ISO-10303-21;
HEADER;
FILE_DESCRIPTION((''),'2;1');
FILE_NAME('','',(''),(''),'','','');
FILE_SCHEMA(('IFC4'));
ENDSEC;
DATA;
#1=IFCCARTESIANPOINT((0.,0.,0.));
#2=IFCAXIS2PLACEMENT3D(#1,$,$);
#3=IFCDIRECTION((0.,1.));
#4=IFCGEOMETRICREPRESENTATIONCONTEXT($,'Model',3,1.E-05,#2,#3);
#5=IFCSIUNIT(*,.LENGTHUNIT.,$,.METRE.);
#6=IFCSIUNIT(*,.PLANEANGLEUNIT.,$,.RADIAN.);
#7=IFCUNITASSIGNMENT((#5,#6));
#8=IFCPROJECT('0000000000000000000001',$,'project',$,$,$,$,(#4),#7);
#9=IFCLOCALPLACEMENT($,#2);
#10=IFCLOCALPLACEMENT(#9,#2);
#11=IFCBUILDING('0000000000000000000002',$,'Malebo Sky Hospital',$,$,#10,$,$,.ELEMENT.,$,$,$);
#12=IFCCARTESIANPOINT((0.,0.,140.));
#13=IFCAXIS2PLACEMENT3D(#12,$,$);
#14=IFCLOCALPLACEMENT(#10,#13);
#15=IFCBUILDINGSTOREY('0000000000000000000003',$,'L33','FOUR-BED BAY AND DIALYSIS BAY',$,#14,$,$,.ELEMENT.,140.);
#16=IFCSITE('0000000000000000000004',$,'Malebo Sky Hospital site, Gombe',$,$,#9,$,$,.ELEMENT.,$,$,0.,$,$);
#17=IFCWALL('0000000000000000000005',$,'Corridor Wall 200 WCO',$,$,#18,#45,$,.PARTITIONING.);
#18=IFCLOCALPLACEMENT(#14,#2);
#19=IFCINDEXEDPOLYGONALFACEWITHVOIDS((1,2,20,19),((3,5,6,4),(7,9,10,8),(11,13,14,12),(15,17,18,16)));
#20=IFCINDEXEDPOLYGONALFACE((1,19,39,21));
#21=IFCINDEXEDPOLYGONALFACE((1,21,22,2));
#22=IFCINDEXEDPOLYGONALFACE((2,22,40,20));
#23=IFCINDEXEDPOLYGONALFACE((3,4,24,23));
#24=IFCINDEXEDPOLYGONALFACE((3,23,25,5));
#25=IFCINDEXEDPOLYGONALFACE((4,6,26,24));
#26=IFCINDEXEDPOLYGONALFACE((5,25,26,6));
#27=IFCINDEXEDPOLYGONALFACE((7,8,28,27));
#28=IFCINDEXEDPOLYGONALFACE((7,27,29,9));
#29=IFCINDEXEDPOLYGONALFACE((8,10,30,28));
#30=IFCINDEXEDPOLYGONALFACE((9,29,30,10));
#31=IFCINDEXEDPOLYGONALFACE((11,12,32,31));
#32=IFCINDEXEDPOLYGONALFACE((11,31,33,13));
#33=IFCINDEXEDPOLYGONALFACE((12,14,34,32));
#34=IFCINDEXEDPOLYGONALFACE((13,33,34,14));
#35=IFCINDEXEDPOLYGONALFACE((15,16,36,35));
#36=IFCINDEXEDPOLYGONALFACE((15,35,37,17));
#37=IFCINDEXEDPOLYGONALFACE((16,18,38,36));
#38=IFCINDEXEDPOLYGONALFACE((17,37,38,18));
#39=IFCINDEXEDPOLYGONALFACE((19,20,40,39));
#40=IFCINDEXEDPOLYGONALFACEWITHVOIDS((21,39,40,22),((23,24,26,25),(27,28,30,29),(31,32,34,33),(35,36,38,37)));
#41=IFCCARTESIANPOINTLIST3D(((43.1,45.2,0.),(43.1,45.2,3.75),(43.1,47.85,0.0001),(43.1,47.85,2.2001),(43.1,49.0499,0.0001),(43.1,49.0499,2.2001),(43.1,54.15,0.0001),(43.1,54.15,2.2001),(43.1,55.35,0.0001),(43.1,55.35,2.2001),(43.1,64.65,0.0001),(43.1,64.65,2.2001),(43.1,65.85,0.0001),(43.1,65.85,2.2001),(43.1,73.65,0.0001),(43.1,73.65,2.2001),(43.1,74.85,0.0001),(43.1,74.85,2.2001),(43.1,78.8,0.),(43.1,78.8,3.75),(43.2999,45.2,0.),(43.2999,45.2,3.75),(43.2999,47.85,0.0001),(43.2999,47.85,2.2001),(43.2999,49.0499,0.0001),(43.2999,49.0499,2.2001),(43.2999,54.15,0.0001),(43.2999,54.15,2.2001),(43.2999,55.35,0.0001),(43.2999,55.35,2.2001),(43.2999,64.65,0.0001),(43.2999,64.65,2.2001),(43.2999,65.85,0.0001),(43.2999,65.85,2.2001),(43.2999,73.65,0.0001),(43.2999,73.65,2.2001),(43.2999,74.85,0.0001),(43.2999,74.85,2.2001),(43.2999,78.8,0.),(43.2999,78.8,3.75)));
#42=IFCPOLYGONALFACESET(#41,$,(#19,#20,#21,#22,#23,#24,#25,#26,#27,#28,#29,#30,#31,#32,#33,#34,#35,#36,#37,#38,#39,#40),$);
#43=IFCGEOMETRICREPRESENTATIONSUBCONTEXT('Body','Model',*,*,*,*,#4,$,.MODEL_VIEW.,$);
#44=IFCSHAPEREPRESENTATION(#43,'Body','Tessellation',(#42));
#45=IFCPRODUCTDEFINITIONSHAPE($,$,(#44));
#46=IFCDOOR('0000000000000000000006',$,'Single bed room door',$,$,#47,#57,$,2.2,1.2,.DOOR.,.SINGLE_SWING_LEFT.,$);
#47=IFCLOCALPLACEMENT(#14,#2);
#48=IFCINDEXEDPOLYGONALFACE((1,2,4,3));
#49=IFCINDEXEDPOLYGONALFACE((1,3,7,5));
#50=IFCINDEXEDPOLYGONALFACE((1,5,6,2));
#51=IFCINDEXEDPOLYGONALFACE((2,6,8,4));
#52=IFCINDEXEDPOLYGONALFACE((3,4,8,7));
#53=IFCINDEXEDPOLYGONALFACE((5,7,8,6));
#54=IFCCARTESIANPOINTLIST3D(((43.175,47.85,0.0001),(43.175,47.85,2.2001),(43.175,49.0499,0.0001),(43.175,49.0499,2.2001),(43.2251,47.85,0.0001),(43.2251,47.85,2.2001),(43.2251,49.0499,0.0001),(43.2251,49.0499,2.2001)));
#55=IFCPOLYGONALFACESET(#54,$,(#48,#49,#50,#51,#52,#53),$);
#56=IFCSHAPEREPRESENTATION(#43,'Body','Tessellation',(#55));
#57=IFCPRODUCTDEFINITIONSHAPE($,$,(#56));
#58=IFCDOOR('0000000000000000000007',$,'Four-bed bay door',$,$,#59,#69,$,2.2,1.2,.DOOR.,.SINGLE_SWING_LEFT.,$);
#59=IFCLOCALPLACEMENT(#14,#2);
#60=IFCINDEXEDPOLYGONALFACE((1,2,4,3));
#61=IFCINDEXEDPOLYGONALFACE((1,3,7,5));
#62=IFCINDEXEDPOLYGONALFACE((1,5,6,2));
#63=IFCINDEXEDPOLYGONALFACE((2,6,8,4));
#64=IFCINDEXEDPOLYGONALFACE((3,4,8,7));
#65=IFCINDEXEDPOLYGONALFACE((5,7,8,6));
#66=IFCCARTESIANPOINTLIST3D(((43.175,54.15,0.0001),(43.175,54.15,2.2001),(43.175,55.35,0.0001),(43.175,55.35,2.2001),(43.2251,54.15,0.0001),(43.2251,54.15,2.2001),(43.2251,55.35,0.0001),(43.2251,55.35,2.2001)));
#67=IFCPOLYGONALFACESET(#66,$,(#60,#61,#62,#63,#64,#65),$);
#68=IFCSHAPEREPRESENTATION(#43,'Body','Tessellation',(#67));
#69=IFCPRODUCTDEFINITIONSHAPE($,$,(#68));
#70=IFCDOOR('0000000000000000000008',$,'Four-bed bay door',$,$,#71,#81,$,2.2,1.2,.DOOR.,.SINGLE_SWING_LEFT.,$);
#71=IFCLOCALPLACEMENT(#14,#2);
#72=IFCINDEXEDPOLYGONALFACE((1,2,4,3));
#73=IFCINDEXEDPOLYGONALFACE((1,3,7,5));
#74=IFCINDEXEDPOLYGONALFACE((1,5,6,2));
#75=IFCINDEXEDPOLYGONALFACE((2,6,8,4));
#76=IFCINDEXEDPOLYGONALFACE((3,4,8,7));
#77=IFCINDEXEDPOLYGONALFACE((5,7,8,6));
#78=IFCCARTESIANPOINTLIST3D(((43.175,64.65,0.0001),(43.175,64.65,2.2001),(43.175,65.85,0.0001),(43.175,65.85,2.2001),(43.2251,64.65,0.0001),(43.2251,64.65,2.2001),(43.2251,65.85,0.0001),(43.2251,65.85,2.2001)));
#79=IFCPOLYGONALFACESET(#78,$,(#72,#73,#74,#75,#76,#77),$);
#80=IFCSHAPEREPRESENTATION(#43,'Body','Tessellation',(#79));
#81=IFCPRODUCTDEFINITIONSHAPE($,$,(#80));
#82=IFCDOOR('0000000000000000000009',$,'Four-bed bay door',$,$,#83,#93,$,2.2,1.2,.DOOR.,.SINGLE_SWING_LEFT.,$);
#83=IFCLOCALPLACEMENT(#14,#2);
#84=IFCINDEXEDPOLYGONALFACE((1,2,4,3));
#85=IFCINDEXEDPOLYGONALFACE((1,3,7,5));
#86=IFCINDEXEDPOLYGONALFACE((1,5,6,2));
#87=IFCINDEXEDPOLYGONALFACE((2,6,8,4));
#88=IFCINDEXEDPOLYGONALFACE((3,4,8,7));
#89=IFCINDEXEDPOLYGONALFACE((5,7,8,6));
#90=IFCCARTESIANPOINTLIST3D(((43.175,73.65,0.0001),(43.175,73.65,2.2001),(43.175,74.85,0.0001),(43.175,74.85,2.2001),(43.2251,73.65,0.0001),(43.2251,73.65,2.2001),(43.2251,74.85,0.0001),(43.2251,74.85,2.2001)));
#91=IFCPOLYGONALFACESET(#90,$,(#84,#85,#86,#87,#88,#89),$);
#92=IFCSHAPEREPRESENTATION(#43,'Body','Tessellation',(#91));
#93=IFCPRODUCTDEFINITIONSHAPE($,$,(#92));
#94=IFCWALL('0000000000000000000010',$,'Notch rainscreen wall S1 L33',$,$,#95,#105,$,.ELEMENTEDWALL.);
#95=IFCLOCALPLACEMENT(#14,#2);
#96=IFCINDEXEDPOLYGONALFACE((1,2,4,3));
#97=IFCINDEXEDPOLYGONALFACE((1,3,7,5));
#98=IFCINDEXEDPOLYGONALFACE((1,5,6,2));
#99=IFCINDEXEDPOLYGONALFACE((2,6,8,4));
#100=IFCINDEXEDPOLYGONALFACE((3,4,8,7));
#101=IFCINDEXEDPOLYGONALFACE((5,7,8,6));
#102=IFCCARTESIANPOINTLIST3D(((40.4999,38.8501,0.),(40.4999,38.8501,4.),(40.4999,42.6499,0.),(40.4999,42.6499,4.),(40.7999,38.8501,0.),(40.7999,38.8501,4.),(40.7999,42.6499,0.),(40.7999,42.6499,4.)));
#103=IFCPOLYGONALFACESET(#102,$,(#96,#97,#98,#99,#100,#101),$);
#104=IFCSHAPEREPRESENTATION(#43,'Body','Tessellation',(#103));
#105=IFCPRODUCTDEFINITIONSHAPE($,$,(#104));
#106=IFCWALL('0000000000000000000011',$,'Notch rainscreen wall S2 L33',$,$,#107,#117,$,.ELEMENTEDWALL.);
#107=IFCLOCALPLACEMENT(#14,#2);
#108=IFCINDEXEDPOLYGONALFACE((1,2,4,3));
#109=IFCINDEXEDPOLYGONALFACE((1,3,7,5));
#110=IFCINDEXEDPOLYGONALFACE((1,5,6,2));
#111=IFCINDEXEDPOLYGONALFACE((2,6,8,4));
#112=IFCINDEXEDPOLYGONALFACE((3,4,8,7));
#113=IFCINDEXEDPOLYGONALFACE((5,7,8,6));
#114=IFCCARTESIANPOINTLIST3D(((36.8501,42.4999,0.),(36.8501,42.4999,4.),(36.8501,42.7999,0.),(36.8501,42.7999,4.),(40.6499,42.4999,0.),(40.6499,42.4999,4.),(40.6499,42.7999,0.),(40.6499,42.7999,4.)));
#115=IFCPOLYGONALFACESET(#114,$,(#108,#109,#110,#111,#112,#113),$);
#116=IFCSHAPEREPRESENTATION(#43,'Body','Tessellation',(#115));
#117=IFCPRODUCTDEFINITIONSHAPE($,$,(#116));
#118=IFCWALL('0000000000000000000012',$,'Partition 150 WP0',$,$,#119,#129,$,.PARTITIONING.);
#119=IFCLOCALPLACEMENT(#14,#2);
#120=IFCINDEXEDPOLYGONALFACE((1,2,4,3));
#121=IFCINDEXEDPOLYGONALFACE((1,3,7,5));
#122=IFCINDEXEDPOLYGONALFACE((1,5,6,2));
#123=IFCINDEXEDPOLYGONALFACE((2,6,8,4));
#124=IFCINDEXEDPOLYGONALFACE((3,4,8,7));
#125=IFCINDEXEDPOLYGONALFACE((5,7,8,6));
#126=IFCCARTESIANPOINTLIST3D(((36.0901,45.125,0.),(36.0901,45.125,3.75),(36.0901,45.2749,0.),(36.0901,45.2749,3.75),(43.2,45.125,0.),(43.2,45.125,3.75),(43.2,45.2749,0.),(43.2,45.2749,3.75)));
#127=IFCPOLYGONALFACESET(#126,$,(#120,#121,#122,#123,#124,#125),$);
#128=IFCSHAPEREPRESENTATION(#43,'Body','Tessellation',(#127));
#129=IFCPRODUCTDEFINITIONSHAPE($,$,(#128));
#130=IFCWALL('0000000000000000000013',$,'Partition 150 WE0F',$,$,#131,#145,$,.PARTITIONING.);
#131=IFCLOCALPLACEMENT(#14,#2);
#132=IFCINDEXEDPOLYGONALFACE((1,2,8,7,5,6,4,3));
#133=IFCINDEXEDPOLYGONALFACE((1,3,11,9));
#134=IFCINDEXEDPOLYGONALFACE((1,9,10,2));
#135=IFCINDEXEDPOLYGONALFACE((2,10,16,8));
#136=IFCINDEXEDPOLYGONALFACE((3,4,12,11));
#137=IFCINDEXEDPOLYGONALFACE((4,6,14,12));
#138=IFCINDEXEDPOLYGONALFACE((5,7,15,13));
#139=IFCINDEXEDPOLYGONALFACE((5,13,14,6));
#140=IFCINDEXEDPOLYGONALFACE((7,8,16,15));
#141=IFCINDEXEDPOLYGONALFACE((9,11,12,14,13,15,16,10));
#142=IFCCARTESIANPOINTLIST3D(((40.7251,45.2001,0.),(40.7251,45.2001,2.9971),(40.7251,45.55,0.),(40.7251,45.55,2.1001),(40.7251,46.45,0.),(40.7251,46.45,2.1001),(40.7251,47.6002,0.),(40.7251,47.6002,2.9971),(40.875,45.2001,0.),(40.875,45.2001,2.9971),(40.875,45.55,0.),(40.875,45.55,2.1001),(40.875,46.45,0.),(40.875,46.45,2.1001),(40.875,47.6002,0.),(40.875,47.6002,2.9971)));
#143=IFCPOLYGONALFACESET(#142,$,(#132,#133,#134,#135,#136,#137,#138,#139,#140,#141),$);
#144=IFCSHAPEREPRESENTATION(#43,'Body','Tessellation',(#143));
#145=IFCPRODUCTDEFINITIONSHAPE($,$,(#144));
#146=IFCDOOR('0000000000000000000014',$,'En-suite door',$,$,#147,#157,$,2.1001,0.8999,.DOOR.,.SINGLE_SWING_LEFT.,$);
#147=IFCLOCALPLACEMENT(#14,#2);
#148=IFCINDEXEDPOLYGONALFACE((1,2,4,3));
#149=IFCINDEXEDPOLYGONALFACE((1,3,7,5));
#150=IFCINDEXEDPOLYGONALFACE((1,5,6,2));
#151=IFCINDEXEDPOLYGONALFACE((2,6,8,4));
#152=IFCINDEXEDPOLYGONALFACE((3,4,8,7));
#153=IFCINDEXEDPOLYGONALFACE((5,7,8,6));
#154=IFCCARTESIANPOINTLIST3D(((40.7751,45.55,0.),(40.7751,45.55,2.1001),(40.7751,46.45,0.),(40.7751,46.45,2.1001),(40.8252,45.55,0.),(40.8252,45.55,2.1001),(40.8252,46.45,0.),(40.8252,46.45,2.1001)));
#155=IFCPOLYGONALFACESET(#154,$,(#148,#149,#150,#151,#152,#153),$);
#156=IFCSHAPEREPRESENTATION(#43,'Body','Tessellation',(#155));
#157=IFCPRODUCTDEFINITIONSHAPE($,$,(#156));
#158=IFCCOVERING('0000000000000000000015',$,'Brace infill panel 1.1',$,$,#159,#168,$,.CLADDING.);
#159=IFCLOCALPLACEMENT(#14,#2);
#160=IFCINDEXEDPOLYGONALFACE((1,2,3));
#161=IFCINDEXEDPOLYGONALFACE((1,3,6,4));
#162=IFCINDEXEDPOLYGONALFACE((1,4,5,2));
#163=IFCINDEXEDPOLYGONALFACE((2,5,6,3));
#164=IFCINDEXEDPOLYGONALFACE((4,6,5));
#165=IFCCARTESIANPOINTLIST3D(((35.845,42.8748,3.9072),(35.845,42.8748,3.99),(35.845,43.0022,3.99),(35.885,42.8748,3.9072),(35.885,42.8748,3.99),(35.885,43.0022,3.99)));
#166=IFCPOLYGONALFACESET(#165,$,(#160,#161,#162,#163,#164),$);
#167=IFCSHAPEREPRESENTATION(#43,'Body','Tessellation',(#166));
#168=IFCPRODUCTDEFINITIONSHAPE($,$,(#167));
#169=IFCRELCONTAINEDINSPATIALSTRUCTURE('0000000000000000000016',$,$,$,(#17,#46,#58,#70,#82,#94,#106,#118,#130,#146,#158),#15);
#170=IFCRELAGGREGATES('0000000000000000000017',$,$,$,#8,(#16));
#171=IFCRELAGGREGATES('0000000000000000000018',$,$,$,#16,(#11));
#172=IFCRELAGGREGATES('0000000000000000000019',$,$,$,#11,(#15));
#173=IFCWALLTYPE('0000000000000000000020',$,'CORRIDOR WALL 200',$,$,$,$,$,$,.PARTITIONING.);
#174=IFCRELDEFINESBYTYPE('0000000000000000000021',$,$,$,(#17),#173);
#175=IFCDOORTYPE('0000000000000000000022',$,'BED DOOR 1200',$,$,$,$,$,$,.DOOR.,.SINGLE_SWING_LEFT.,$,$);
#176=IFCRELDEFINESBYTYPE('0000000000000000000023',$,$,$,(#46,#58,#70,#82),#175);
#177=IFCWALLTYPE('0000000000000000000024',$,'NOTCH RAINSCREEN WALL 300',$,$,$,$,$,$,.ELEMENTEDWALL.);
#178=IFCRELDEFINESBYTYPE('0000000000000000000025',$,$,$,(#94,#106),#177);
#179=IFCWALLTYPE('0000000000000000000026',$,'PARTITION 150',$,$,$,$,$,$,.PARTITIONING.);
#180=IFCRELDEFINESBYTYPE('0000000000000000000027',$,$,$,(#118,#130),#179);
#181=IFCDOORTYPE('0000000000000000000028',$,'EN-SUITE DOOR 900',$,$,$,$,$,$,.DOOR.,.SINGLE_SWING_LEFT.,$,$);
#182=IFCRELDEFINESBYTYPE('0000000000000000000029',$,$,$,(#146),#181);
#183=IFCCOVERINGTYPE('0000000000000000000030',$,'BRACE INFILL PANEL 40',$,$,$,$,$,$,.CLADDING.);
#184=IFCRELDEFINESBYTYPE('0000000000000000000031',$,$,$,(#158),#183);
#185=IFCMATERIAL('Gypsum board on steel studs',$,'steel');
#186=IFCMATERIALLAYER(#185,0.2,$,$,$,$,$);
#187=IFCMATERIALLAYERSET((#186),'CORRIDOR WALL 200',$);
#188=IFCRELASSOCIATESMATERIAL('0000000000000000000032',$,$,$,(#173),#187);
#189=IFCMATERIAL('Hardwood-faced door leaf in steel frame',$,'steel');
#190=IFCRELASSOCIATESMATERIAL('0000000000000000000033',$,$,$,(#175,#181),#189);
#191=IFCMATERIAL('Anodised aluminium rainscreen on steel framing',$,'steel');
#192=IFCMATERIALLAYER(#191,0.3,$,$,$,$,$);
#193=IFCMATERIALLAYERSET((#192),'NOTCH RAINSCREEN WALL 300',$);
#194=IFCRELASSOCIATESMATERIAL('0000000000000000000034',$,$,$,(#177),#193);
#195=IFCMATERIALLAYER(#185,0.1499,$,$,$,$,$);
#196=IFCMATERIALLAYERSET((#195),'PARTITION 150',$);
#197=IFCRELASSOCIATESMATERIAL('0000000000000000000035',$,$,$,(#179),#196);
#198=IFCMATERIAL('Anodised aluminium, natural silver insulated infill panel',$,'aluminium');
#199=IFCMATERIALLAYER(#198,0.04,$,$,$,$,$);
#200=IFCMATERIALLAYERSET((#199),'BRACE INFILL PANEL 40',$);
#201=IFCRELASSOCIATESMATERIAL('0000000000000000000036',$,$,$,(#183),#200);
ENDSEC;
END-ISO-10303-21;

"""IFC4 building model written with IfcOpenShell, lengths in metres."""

from ifc_helpers import new_model, si_unit, direction, frame, frame_2d, origin, place, context, subcontext, project, spatial, polyline, rectangle, outline, extrude, material, layer, layer_set, type_object, element, fill, save


model = new_model("IFC4")

# Units and contexts
model_context = context("Model", 3, precision=1e-05, world=origin(), true_north=direction((0.0, 1.0)))
body_context = subcontext(model_context, "Body", "Model", "MODEL_VIEW")
ifc_project = project(units=[si_unit("LENGTHUNIT", "METRE"), si_unit("PLANEANGLEUNIT", "RADIAN")], contexts=[model_context])

# Site, building, storey
site_placement = place(None, origin())
site = spatial("IfcSite", under=ifc_project, at=site_placement, Name="Malebo Sky Hospital site, Gombe", CompositionType="ELEMENT", RefElevation=0.0)
building_placement = place(site_placement, origin())
building = spatial("IfcBuilding", under=site, at=building_placement, Name="Malebo Sky Hospital", CompositionType="ELEMENT")
storey_placement = place(building_placement, frame((0.0, 0.0, 140.0)))
storey = spatial("IfcBuildingStorey", under=building, at=storey_placement, Name="L33", Description="FOUR-BED BAY AND DIALYSIS BAY", CompositionType="ELEMENT", Elevation=140.0)

# Wall, openings, doors
ifc_material_1 = material(Name="Gypsum board on steel studs", Category="steel")
ifc_layer_1 = layer(ifc_material_1, 0.2)
ifc_layer_set_1 = layer_set([ifc_layer_1], Name="CORRIDOR WALL 200")
wall_type_1 = type_object("IfcWallType", Name="CORRIDOR WALL 200", PredefinedType="PARTITIONING", material=ifc_layer_set_1)
wall_1_placement = place(storey_placement, frame((43.2, 45.2, 0.0), z_axis=(0.0, 0.0, 1.0), x_axis=(0.0, 1.0, 0.0)))
wall_1 = element("IfcWall", 1, at=wall_1_placement, inside=storey, type_object=wall_type_1, Name="Corridor Wall 200 WCO", PredefinedType="PARTITIONING", context=body_context, shape_type="SweptSolid", body=[
    extrude(rectangle(XDim=33.6001, YDim=0.2, at=frame_2d((16.8, 0.0))), origin(), (0.0, 0.0, 1.0), 3.75),
])
opening_1_placement = place(wall_1_placement, frame((2.6499, 0.0, 0.0)))
opening_1 = element("IfcOpeningElement", 2, at=opening_1_placement, cuts=wall_1, PredefinedType="OPENING", context=body_context, shape_type="SweptSolid", body=[
    extrude(rectangle(XDim=1.2, YDim=2.2, at=frame_2d((0.6001, 1.1001))), frame((0.0, 0.1099, 0.0), z_axis=(0.0, -1.0, 0.0), x_axis=(1.0, 0.0, 0.0)), (0.0, 0.0, 1.0), 0.22),
])
opening_2_placement = place(wall_1_placement, frame((8.95, 0.0, 0.0)))
opening_2 = element("IfcOpeningElement", 3, at=opening_2_placement, cuts=wall_1, PredefinedType="OPENING", context=body_context, shape_type="SweptSolid", body=[
    extrude(rectangle(XDim=1.2, YDim=2.2, at=frame_2d((0.6001, 1.1001))), frame((0.0, 0.1099, 0.0), z_axis=(0.0, -1.0, 0.0), x_axis=(1.0, 0.0, 0.0)), (0.0, 0.0, 1.0), 0.22),
])
opening_3_placement = place(wall_1_placement, frame((19.45, 0.0, 0.0)))
opening_3 = element("IfcOpeningElement", 4, at=opening_3_placement, cuts=wall_1, PredefinedType="OPENING", context=body_context, shape_type="SweptSolid", body=[
    extrude(rectangle(XDim=1.2, YDim=2.2, at=frame_2d((0.6001, 1.1001))), frame((0.0, 0.1099, 0.0), z_axis=(0.0, -1.0, 0.0), x_axis=(1.0, 0.0, 0.0)), (0.0, 0.0, 1.0), 0.22),
])
opening_4_placement = place(wall_1_placement, frame((28.45, 0.0, 0.0)))
opening_4 = element("IfcOpeningElement", 5, at=opening_4_placement, cuts=wall_1, PredefinedType="OPENING", context=body_context, shape_type="SweptSolid", body=[
    extrude(rectangle(XDim=1.2, YDim=2.2, at=frame_2d((0.6001, 1.1001))), frame((0.0, 0.1099, 0.0), z_axis=(0.0, -1.0, 0.0), x_axis=(1.0, 0.0, 0.0)), (0.0, 0.0, 1.0), 0.22),
])
ifc_material_2 = material(Name="Hardwood-faced door leaf in steel frame", Category="steel")
door_type_1 = type_object("IfcDoorType", Name="BED DOOR 1200", OperationType="SINGLE_SWING_LEFT", PredefinedType="DOOR", material=ifc_material_2)
door_1_placement = place(opening_1_placement, origin())
door_1 = element("IfcDoor", 6, at=door_1_placement, inside=storey, type_object=door_type_1, Name="Single bed room door", OperationType="SINGLE_SWING_LEFT", OverallHeight=2.2, OverallWidth=1.2, PredefinedType="DOOR", context=body_context, shape_type="SweptSolid", body=[
    extrude(rectangle(XDim=1.2, YDim=2.2, at=frame_2d((0.6001, 1.1001))), frame((0.0, 0.0249, 0.0), z_axis=(0.0, -1.0, 0.0), x_axis=(1.0, 0.0, 0.0)), (0.0, 0.0, 1.0), 0.05),
])
fill(opening_1, door_1)
door_2_placement = place(opening_2_placement, origin())
door_2 = element("IfcDoor", 7, at=door_2_placement, inside=storey, type_object=door_type_1, Name="Four-bed bay door", OperationType="SINGLE_SWING_LEFT", OverallHeight=2.2, OverallWidth=1.2, PredefinedType="DOOR", context=body_context, shape_type="SweptSolid", body=[
    extrude(rectangle(XDim=1.2, YDim=2.2, at=frame_2d((0.6001, 1.1001))), frame((0.0, 0.0249, 0.0), z_axis=(0.0, -1.0, 0.0), x_axis=(1.0, 0.0, 0.0)), (0.0, 0.0, 1.0), 0.05),
])
fill(opening_2, door_2)
door_3_placement = place(opening_3_placement, origin())
door_3 = element("IfcDoor", 8, at=door_3_placement, inside=storey, type_object=door_type_1, Name="Four-bed bay door", OperationType="SINGLE_SWING_LEFT", OverallHeight=2.2, OverallWidth=1.2, PredefinedType="DOOR", context=body_context, shape_type="SweptSolid", body=[
    extrude(rectangle(XDim=1.2, YDim=2.2, at=frame_2d((0.6001, 1.1001))), frame((0.0, 0.0249, 0.0), z_axis=(0.0, -1.0, 0.0), x_axis=(1.0, 0.0, 0.0)), (0.0, 0.0, 1.0), 0.05),
])
fill(opening_3, door_3)
door_4_placement = place(opening_4_placement, origin())
door_4 = element("IfcDoor", 9, at=door_4_placement, inside=storey, type_object=door_type_1, Name="Four-bed bay door", OperationType="SINGLE_SWING_LEFT", OverallHeight=2.2, OverallWidth=1.2, PredefinedType="DOOR", context=body_context, shape_type="SweptSolid", body=[
    extrude(rectangle(XDim=1.2, YDim=2.2, at=frame_2d((0.6001, 1.1001))), frame((0.0, 0.0249, 0.0), z_axis=(0.0, -1.0, 0.0), x_axis=(1.0, 0.0, 0.0)), (0.0, 0.0, 1.0), 0.05),
])
fill(opening_4, door_4)

# Walls
ifc_material_3 = material(Name="Anodised aluminium rainscreen on steel framing", Category="steel")
ifc_layer_2 = layer(ifc_material_3, 0.3)
ifc_layer_set_2 = layer_set([ifc_layer_2], Name="NOTCH RAINSCREEN WALL 300")
wall_type_2 = type_object("IfcWallType", Name="NOTCH RAINSCREEN WALL 300", PredefinedType="ELEMENTEDWALL", material=ifc_layer_set_2)
for number, where, z_axis, x_axis, name in (
    (10, (40.6499, 38.8501, 0.0), (0.0, 0.0, 1.0), (0.0, 1.0, 0.0), "Notch rainscreen wall S1 L33"),
    (11, (40.6499, 42.6499, 0.0), (0.0, 0.0, 1.0), (-1.0, 0.0, 0.0), "Notch rainscreen wall S2 L33"),
):
    element("IfcWall", number, at=place(storey_placement, frame(where, z_axis=z_axis, x_axis=x_axis)), inside=storey, type_object=wall_type_2, Name=name, PredefinedType="ELEMENTEDWALL", context=body_context, shape_type="SweptSolid", body=[
        extrude(rectangle(XDim=3.7998, YDim=0.3, at=frame_2d((1.8999, 0.0))), origin(), (0.0, 0.0, 1.0), 4.0),
    ])
ifc_layer_3 = layer(ifc_material_1, 0.1499)
ifc_layer_set_3 = layer_set([ifc_layer_3], Name="PARTITION 150")
wall_type_3 = type_object("IfcWallType", Name="PARTITION 150", PredefinedType="PARTITIONING", material=ifc_layer_set_3)
wall_2_placement = place(storey_placement, frame((43.2, 45.2, 0.0), z_axis=(0.0, 0.0, 1.0), x_axis=(-1.0, 0.0, 0.0)))
element("IfcWall", 12, at=wall_2_placement, inside=storey, type_object=wall_type_3, Name="Partition 150 WP0", PredefinedType="PARTITIONING", context=body_context, shape_type="SweptSolid", body=[
    extrude(rectangle(XDim=7.1099, YDim=0.1499, at=frame_2d((3.5549, 0.0))), origin(), (0.0, 0.0, 1.0), 3.75),
])

# Wall, opening, door
wall_3_placement = place(storey_placement, frame((40.8, 45.2, 0.0), z_axis=(0.0, 0.0, 1.0), x_axis=(0.0, 1.0, 0.0)))
wall_3 = element("IfcWall", 13, at=wall_3_placement, inside=storey, type_object=wall_type_3, Name="Partition 150 WE0F", PredefinedType="PARTITIONING", context=body_context, shape_type="SweptSolid", body=[
    extrude(rectangle(XDim=2.4001, YDim=0.1499, at=frame_2d((1.2002, 0.0))), origin(), (0.0, 0.0, 1.0), 2.9971),
])
opening_5_placement = place(wall_3_placement, frame((0.3501, 0.0, 0.0)))
opening_5 = element("IfcOpeningElement", 14, at=opening_5_placement, cuts=wall_3, PredefinedType="OPENING", context=body_context, shape_type="SweptSolid", body=[
    extrude(rectangle(XDim=0.8999, YDim=2.1001, at=frame_2d((0.45, 1.05))), frame((0.0, 0.085, 0.0), z_axis=(0.0, -1.0, 0.0), x_axis=(1.0, 0.0, 0.0)), (0.0, 0.0, 1.0), 0.1699),
])
door_type_2 = type_object("IfcDoorType", Name="EN-SUITE DOOR 900", OperationType="SINGLE_SWING_LEFT", PredefinedType="DOOR", material=ifc_material_2)
door_5_placement = place(opening_5_placement, origin())
door_5 = element("IfcDoor", 15, at=door_5_placement, inside=storey, type_object=door_type_2, Name="En-suite door", OperationType="SINGLE_SWING_LEFT", OverallHeight=2.1001, OverallWidth=0.8999, PredefinedType="DOOR", context=body_context, shape_type="SweptSolid", body=[
    extrude(rectangle(XDim=0.8999, YDim=2.1001, at=frame_2d((0.45, 1.05))), frame((0.0, 0.0249, 0.0), z_axis=(0.0, -1.0, 0.0), x_axis=(1.0, 0.0, 0.0)), (0.0, 0.0, 1.0), 0.05),
])
fill(opening_5, door_5)

# Covering
ifc_material_4 = material(Name="Anodised aluminium, natural silver insulated infill panel", Category="aluminium")
ifc_layer_4 = layer(ifc_material_4, 0.04)
ifc_layer_set_4 = layer_set([ifc_layer_4], Name="BRACE INFILL PANEL 40")
covering_type = type_object("IfcCoveringType", Name="BRACE INFILL PANEL 40", PredefinedType="CLADDING", material=ifc_layer_set_4)
covering_1_placement = place(storey_placement, frame((35.865, 42.9385, 3.9072), z_axis=(0.0, 0.0, 1.0), x_axis=(0.0, 1.0, 0.0)))
element("IfcCovering", 16, at=covering_1_placement, inside=storey, type_object=covering_type, Name="Brace infill panel 1.1", PredefinedType="CLADDING", context=body_context, shape_type="SweptSolid", body=[
    extrude(outline(polyline([(-0.0637, 0.0), (0.0637, 0.0828), (-0.0637, 0.0828), (-0.0637, 0.0)])), frame((0.0, 0.02, 0.0), z_axis=(0.0, -1.0, 0.0), x_axis=(1.0, 0.0, 0.0)), (0.0, 0.0, 1.0), 0.04),
])

save(model, "model.ifc")
